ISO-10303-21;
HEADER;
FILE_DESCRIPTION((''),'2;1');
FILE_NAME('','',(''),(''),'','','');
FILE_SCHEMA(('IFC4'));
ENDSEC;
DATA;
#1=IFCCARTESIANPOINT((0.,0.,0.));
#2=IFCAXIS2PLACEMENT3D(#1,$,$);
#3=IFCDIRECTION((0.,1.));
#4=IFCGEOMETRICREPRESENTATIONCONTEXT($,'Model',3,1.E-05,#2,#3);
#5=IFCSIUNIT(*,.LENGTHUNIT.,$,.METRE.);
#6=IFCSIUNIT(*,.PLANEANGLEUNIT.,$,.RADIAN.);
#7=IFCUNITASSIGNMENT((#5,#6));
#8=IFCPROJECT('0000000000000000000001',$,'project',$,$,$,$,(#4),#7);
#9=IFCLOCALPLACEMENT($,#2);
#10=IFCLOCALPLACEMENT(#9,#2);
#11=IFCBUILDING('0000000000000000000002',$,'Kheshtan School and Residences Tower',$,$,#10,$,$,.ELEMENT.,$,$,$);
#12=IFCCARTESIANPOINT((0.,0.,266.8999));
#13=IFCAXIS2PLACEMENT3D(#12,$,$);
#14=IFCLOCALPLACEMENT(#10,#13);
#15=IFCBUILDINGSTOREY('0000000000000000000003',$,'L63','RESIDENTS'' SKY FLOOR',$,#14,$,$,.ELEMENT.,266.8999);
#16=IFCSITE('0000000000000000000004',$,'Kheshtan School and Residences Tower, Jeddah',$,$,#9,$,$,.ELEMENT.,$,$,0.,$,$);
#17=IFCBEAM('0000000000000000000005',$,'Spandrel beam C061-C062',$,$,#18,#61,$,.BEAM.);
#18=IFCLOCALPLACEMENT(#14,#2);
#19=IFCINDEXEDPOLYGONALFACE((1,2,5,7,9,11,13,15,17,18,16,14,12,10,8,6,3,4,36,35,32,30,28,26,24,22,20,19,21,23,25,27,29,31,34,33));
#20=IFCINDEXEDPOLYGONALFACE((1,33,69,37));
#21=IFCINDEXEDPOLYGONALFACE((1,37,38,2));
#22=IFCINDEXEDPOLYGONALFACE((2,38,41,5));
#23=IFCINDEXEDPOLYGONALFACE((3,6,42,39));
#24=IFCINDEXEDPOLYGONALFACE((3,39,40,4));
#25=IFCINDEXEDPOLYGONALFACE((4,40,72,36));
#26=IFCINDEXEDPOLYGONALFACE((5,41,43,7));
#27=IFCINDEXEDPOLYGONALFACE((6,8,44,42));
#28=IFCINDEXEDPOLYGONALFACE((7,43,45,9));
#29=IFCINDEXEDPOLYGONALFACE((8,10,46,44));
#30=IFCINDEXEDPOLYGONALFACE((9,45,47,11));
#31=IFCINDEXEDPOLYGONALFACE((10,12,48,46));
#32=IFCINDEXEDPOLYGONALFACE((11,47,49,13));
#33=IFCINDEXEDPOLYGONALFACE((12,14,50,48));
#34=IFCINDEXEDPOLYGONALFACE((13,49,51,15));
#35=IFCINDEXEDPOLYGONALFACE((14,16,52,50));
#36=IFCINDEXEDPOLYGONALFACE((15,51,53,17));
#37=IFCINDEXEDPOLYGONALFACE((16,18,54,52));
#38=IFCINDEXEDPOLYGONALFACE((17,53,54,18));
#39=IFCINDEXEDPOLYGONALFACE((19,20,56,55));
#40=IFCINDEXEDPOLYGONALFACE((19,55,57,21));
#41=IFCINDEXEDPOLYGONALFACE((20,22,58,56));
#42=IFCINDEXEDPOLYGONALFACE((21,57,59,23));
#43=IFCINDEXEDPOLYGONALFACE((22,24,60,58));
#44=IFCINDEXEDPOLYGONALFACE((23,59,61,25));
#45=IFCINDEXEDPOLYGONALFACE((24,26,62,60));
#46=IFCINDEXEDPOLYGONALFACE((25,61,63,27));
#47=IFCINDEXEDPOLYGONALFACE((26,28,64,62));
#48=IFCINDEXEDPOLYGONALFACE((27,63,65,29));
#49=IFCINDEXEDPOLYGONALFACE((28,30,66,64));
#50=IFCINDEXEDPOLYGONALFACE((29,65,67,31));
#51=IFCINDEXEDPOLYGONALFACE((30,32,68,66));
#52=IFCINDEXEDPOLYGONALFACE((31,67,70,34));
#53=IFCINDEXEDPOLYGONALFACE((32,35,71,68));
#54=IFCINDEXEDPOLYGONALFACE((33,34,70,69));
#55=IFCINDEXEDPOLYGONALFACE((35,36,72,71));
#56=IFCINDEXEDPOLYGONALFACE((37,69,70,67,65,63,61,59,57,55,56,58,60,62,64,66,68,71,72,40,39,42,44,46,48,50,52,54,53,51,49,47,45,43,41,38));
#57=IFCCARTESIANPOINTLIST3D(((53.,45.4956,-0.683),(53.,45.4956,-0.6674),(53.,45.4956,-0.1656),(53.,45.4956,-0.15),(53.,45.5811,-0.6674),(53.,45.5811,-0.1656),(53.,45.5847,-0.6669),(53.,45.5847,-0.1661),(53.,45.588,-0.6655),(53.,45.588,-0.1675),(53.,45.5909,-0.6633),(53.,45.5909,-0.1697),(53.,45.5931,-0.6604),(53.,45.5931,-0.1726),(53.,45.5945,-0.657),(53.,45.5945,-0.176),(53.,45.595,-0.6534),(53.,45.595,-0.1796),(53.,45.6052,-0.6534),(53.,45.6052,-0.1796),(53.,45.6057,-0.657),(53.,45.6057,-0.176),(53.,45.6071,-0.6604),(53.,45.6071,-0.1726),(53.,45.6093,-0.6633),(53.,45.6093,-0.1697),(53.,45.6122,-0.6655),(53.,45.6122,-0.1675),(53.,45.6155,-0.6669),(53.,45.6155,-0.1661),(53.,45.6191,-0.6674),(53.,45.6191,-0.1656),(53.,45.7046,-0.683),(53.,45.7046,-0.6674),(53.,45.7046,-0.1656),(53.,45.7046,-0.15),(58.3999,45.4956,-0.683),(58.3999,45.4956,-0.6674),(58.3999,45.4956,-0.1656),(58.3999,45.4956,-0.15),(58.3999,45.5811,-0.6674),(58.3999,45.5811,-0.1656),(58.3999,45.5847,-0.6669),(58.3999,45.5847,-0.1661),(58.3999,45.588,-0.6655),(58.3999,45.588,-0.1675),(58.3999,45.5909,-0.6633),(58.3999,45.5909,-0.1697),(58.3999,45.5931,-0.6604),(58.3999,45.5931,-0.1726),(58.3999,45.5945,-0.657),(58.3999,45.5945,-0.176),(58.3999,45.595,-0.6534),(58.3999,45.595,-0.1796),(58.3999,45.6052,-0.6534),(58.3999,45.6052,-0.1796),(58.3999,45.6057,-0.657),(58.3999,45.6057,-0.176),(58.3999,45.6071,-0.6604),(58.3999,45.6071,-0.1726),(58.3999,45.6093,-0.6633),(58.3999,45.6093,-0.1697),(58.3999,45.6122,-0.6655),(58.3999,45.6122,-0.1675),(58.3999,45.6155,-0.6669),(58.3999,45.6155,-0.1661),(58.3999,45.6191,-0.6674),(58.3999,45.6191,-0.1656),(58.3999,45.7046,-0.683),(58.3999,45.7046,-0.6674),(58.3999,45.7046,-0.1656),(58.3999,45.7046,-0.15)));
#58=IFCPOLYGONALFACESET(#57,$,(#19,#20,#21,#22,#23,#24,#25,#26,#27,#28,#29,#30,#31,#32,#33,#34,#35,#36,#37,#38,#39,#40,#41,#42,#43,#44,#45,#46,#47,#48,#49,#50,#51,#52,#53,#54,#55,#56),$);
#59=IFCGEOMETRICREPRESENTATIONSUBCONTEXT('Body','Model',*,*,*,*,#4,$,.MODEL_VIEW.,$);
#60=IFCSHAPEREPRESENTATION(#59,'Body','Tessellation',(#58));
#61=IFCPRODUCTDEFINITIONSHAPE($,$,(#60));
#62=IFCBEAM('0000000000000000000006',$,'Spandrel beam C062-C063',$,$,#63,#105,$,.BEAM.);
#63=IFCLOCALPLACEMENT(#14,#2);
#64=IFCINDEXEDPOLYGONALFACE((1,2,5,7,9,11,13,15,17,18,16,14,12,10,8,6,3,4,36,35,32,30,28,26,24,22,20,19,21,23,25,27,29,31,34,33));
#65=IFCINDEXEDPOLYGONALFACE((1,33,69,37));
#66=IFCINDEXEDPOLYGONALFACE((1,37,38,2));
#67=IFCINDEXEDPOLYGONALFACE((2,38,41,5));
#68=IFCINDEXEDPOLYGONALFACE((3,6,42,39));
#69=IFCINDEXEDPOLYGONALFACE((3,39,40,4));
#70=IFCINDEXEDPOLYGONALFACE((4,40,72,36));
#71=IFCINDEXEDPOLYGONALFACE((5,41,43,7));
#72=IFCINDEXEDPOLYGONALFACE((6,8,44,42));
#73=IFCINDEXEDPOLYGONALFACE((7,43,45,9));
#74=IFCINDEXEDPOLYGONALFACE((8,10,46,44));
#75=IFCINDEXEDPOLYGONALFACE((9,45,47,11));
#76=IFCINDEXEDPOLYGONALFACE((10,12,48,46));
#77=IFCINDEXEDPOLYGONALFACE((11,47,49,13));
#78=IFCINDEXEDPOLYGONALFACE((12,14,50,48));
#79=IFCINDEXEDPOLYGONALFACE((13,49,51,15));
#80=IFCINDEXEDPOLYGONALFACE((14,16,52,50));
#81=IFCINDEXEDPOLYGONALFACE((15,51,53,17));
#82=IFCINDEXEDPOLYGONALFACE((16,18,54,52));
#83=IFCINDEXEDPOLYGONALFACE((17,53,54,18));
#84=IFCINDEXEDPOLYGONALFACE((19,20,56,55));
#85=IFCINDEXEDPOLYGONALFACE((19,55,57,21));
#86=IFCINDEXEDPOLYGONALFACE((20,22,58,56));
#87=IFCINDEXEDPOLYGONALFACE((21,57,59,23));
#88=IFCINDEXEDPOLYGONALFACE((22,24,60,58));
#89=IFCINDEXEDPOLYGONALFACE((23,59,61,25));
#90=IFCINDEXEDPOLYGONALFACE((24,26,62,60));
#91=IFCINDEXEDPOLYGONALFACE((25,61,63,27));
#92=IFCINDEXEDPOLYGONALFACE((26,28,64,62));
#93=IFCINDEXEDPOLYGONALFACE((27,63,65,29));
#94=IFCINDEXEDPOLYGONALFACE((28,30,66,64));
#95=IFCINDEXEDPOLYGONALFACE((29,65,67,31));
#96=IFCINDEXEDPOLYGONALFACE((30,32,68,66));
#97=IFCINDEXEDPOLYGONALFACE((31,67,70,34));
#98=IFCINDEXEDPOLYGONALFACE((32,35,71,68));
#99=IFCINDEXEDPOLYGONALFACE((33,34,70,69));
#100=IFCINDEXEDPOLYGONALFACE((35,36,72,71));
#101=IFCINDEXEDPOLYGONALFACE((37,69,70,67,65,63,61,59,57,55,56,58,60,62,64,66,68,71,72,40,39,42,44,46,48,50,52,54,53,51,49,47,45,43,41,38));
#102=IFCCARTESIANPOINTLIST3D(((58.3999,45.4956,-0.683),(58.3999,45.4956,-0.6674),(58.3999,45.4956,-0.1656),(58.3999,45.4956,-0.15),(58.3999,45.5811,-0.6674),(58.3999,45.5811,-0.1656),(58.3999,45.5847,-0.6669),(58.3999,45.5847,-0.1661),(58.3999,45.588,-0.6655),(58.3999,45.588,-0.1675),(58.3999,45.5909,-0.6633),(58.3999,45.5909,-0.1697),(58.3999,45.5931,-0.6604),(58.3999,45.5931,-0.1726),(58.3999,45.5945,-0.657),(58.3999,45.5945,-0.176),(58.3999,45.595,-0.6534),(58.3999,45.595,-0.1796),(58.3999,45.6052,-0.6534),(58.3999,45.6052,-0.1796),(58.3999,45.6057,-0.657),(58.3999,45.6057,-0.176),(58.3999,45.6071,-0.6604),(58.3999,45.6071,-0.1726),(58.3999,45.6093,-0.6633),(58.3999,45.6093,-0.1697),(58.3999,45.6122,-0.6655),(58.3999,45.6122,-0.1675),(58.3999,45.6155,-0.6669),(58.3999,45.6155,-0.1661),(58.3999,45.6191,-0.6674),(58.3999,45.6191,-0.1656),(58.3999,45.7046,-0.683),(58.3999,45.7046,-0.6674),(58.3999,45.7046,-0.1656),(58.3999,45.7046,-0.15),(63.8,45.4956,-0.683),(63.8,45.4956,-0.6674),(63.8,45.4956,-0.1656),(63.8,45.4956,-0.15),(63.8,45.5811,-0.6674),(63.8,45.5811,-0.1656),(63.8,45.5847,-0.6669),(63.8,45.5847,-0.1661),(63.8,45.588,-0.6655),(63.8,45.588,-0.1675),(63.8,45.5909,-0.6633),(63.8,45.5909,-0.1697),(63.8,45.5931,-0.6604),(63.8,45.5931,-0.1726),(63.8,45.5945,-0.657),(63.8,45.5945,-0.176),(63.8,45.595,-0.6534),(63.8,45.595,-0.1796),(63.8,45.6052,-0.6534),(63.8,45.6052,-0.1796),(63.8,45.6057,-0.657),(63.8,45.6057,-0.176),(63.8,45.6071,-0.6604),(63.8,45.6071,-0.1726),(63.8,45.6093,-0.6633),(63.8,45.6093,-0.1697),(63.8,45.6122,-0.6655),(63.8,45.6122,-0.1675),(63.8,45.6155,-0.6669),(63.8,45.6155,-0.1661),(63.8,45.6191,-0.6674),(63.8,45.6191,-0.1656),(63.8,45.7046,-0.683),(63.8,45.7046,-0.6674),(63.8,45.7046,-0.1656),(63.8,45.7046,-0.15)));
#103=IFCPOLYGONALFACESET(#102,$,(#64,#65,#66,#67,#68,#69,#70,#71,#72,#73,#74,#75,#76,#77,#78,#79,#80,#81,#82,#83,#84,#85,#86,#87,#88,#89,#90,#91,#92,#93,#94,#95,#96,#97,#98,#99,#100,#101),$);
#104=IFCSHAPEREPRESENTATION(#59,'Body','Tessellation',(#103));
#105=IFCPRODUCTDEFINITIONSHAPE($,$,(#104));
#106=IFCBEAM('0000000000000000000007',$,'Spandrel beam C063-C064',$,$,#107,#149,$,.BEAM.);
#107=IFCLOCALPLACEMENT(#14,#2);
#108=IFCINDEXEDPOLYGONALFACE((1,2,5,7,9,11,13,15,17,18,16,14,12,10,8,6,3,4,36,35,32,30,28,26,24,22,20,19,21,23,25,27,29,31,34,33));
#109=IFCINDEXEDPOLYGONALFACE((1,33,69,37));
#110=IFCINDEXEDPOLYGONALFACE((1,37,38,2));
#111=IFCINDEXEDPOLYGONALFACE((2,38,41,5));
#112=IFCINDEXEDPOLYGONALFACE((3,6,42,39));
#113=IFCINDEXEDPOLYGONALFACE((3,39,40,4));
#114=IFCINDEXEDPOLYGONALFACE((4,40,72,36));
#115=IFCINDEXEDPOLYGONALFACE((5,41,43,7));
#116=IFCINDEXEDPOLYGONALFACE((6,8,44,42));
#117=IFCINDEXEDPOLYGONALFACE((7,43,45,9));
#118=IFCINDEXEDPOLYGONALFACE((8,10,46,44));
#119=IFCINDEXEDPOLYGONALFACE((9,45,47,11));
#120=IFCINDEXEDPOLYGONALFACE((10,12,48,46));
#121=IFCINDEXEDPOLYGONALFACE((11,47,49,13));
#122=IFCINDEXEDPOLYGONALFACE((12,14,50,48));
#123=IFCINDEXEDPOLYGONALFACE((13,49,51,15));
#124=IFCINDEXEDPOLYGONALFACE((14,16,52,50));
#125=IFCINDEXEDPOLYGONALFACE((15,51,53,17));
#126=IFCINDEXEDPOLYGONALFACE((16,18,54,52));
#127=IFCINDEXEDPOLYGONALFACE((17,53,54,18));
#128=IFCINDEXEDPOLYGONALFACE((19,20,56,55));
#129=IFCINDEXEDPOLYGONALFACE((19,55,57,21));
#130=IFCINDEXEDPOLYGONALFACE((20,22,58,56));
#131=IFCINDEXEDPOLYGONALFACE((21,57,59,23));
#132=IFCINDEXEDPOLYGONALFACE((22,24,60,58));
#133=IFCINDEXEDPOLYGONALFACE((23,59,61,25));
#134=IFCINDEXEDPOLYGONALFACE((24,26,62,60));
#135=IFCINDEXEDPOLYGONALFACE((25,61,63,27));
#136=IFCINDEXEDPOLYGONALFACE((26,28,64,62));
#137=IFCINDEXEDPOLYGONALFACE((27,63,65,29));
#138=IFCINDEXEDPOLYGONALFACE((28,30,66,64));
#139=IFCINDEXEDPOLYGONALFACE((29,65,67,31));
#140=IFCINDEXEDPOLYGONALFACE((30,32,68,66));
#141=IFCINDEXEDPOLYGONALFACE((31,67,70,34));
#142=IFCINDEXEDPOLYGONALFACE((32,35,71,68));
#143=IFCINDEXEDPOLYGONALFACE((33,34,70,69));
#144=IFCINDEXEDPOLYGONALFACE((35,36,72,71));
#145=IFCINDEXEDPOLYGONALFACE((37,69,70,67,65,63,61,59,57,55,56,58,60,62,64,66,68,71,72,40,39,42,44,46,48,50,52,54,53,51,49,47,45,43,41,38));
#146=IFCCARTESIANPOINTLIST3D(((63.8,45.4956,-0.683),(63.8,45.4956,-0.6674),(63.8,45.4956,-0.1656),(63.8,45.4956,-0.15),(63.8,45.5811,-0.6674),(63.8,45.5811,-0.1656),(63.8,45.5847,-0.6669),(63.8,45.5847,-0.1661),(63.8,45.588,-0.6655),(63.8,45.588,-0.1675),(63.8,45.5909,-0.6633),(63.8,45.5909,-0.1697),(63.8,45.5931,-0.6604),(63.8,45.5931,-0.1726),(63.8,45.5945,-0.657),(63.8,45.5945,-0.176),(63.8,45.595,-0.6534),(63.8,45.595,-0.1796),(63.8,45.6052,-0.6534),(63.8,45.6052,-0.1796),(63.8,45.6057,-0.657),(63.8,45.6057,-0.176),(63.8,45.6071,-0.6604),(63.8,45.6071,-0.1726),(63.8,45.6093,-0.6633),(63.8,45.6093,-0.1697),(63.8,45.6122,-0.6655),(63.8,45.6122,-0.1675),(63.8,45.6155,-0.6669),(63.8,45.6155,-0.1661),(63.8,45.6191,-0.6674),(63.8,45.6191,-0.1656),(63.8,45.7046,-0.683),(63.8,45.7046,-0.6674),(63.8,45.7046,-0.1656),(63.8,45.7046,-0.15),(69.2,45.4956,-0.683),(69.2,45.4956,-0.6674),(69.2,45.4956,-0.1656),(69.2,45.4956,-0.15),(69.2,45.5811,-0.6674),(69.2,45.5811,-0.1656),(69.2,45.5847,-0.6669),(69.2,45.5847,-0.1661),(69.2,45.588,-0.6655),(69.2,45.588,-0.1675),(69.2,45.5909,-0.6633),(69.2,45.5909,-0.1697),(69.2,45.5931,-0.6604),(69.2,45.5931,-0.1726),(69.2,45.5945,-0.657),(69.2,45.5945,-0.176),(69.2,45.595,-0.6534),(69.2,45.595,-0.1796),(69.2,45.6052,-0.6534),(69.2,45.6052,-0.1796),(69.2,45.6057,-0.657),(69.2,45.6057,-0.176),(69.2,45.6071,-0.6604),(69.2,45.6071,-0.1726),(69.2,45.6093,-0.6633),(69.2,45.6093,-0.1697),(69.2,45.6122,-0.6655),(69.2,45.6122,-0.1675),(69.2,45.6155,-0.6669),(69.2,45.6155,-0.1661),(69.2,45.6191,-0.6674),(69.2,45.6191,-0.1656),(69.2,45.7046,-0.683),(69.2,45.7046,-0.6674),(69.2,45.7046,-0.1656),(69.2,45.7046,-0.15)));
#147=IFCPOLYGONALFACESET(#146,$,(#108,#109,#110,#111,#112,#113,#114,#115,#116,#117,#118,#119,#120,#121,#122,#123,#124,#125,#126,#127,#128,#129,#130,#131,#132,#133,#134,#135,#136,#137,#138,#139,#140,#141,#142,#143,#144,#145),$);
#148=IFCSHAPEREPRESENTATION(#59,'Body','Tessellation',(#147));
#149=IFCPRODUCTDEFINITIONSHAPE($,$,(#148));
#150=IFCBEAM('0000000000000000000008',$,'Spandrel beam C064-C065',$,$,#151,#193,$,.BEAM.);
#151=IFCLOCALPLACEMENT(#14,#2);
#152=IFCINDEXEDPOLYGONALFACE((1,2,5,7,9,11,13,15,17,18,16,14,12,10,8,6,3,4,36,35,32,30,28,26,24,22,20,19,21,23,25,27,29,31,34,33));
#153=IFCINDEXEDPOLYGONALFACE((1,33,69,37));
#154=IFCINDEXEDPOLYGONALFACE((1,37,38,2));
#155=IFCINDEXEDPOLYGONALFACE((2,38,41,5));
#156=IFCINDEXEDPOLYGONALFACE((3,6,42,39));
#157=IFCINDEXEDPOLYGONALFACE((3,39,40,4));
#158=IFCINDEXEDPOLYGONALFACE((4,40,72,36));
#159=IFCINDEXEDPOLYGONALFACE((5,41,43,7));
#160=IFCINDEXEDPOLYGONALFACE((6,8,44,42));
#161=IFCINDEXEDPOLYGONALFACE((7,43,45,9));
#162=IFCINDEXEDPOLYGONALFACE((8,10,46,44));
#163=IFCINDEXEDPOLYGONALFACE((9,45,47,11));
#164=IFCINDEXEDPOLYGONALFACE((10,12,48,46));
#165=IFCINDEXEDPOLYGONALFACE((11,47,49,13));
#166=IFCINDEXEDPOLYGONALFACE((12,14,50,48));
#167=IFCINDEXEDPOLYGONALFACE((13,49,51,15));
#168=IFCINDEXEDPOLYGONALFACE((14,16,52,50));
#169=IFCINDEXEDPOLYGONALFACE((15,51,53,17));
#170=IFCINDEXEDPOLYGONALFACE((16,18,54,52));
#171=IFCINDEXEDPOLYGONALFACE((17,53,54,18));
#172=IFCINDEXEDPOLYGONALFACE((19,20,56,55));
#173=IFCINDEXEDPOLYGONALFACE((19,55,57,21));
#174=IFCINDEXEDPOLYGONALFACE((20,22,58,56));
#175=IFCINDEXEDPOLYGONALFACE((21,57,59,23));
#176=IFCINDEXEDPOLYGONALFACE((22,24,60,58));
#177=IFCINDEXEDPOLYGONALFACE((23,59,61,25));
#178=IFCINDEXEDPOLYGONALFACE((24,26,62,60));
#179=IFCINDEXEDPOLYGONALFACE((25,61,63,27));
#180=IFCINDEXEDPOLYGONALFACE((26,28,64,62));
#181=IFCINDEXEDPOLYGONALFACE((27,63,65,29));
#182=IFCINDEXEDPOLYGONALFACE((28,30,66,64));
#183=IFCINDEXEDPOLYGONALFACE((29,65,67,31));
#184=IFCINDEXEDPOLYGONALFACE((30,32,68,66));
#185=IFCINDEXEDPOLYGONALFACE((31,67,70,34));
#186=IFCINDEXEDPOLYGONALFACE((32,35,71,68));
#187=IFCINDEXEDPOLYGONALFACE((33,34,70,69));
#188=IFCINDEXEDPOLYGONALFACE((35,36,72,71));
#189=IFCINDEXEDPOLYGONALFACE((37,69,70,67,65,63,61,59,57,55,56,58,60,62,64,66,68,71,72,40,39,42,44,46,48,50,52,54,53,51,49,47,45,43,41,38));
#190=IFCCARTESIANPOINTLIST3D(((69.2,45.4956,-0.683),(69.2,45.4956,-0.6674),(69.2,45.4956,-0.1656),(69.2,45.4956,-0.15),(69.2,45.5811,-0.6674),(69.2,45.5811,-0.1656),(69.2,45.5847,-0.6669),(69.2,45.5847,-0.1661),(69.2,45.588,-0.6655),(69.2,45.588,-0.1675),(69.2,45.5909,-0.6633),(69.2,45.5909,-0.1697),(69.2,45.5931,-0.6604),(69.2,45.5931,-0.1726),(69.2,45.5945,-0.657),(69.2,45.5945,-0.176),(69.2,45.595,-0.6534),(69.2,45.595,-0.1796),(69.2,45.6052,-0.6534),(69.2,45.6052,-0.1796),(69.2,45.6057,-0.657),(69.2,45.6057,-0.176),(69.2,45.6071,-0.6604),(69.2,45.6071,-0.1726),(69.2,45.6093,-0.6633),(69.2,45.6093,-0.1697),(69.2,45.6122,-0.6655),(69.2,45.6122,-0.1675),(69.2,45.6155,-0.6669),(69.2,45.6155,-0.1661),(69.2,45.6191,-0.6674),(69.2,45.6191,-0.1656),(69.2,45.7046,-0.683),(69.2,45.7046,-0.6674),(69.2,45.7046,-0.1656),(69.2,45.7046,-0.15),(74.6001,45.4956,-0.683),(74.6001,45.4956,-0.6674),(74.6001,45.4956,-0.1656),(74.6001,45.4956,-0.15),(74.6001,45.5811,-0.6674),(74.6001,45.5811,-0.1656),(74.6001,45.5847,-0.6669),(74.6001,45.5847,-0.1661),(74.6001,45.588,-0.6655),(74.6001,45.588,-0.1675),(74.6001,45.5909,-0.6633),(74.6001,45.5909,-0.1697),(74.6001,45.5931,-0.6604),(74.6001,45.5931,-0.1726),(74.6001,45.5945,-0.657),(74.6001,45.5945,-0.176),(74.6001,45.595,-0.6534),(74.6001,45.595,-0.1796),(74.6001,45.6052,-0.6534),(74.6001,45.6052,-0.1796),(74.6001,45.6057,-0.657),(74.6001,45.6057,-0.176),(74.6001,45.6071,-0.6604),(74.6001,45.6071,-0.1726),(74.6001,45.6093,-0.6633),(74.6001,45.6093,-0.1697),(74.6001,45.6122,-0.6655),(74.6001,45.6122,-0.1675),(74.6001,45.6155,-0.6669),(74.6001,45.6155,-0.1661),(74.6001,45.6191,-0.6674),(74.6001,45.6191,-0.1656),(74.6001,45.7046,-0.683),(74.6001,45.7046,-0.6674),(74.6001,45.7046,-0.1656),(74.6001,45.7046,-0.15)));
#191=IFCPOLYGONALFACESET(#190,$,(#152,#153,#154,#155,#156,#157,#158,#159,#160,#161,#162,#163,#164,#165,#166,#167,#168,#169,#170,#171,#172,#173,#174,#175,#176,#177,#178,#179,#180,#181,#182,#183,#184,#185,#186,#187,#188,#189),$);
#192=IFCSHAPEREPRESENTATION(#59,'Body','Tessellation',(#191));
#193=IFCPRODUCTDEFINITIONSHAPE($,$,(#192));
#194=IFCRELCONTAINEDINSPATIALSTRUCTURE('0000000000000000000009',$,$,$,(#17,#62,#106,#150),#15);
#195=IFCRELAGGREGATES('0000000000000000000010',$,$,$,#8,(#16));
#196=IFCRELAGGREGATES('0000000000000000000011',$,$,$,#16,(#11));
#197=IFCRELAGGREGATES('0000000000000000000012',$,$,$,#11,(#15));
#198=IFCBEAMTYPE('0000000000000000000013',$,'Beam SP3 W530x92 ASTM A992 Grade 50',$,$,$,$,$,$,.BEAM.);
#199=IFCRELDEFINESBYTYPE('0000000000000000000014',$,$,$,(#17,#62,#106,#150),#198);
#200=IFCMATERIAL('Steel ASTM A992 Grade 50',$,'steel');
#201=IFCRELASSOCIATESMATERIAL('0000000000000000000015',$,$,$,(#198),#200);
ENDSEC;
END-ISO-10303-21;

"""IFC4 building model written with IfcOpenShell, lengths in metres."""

from ifc_helpers import new_model, si_unit, direction, frame, origin, origin_2d, place, context, subcontext, project, spatial, i_section, extrude, material, material_profile, profile_set, type_object, element, save


model = new_model("IFC4")

# Units and contexts
model_context = context("Model", 3, precision=1e-05, world=origin(), true_north=direction((0.0, 1.0)))
body_context = subcontext(model_context, "Body", "Model", "MODEL_VIEW")
ifc_project = project(units=[si_unit("LENGTHUNIT", "METRE"), si_unit("PLANEANGLEUNIT", "RADIAN")], contexts=[model_context])

# Site, building, storey
site_placement = place(None, origin())
site = spatial("IfcSite", under=ifc_project, at=site_placement, Name="Kheshtan School and Residences Tower, Jeddah", CompositionType="ELEMENT", RefElevation=0.0)
building_placement = place(site_placement, origin())
building = spatial("IfcBuilding", under=site, at=building_placement, Name="Kheshtan School and Residences Tower", CompositionType="ELEMENT")
storey_placement = place(building_placement, frame((0.0, 0.0, 266.8999)))
storey = spatial("IfcBuildingStorey", under=building, at=storey_placement, Name="L63", Description="RESIDENTS' SKY FLOOR", CompositionType="ELEMENT", Elevation=266.8999)

# Shared definitions
ifc_material_1 = material(Name="Steel ASTM A992 Grade 50", Category="steel")

# Beams
ifc_material_profile_1 = material_profile(ifc_material_1, i_section(OverallWidth=0.209, OverallDepth=0.533, WebThickness=0.0103, FlangeThickness=0.0156, FilletRadius=0.0139, at=origin_2d()), Name="W530x92")
ifc_profile_set_1 = profile_set([ifc_material_profile_1], Name="Steel ASTM A992 Grade 50")
beam_type_1 = type_object("IfcBeamType", Name="Beam SP3 W530x92 ASTM A992 Grade 50", PredefinedType="BEAM", material=ifc_profile_set_1)
for number, where, z_axis, x_axis, name in (
    (1, (53.0, 45.6001, -0.4165), (1.0, 0.0, 0.0), (0.0, 1.0, 0.0), "Spandrel beam C061-C062"),
):
    element("IfcBeam", number, at=place(storey_placement, frame(where, z_axis=z_axis, x_axis=x_axis)), inside=storey, type_object=beam_type_1, Name=name, PredefinedType="BEAM", context=body_context, shape_type="SweptSolid", body=[
        extrude(i_section(OverallWidth=0.209, OverallDepth=0.533, WebThickness=0.0103, FlangeThickness=0.0156, FilletRadius=0.0139, at=origin_2d()), origin(), (0.0, 0.0, 1.0), 5.3999),
    ])
beam_1_placement = place(storey_placement, frame((58.3999, 45.6001, -0.4165), z_axis=(1.0, 0.0, 0.0), x_axis=(0.0, 1.0, 0.0)))
element("IfcBeam", 2, at=beam_1_placement, inside=storey, type_object=beam_type_1, Name="Spandrel beam C062-C063", PredefinedType="BEAM", context=body_context, shape_type="SweptSolid", body=[
    extrude(i_section(OverallWidth=0.209, OverallDepth=0.533, WebThickness=0.0103, FlangeThickness=0.0156, FilletRadius=0.0139, at=origin_2d()), origin(), (0.0, 0.0, 1.0), 5.4001),
])
beam_2_placement = place(storey_placement, frame((63.8, 45.6001, -0.4165), z_axis=(1.0, 0.0, 0.0), x_axis=(0.0, 1.0, 0.0)))
element("IfcBeam", 3, at=beam_2_placement, inside=storey, type_object=beam_type_1, Name="Spandrel beam C063-C064", PredefinedType="BEAM", context=body_context, shape_type="SweptSolid", body=[
    extrude(i_section(OverallWidth=0.209, OverallDepth=0.533, WebThickness=0.0103, FlangeThickness=0.0156, FilletRadius=0.0139, at=origin_2d()), origin(), (0.0, 0.0, 1.0), 5.3999),
])
beam_3_placement = place(storey_placement, frame((69.2, 45.6001, -0.4165), z_axis=(1.0, 0.0, 0.0), x_axis=(0.0, 1.0, 0.0)))
element("IfcBeam", 4, at=beam_3_placement, inside=storey, type_object=beam_type_1, Name="Spandrel beam C064-C065", PredefinedType="BEAM", context=body_context, shape_type="SweptSolid", body=[
    extrude(i_section(OverallWidth=0.209, OverallDepth=0.533, WebThickness=0.0103, FlangeThickness=0.0156, FilletRadius=0.0139, at=origin_2d()), origin(), (0.0, 0.0, 1.0), 5.4001),
])

save(model, "model.ifc")
